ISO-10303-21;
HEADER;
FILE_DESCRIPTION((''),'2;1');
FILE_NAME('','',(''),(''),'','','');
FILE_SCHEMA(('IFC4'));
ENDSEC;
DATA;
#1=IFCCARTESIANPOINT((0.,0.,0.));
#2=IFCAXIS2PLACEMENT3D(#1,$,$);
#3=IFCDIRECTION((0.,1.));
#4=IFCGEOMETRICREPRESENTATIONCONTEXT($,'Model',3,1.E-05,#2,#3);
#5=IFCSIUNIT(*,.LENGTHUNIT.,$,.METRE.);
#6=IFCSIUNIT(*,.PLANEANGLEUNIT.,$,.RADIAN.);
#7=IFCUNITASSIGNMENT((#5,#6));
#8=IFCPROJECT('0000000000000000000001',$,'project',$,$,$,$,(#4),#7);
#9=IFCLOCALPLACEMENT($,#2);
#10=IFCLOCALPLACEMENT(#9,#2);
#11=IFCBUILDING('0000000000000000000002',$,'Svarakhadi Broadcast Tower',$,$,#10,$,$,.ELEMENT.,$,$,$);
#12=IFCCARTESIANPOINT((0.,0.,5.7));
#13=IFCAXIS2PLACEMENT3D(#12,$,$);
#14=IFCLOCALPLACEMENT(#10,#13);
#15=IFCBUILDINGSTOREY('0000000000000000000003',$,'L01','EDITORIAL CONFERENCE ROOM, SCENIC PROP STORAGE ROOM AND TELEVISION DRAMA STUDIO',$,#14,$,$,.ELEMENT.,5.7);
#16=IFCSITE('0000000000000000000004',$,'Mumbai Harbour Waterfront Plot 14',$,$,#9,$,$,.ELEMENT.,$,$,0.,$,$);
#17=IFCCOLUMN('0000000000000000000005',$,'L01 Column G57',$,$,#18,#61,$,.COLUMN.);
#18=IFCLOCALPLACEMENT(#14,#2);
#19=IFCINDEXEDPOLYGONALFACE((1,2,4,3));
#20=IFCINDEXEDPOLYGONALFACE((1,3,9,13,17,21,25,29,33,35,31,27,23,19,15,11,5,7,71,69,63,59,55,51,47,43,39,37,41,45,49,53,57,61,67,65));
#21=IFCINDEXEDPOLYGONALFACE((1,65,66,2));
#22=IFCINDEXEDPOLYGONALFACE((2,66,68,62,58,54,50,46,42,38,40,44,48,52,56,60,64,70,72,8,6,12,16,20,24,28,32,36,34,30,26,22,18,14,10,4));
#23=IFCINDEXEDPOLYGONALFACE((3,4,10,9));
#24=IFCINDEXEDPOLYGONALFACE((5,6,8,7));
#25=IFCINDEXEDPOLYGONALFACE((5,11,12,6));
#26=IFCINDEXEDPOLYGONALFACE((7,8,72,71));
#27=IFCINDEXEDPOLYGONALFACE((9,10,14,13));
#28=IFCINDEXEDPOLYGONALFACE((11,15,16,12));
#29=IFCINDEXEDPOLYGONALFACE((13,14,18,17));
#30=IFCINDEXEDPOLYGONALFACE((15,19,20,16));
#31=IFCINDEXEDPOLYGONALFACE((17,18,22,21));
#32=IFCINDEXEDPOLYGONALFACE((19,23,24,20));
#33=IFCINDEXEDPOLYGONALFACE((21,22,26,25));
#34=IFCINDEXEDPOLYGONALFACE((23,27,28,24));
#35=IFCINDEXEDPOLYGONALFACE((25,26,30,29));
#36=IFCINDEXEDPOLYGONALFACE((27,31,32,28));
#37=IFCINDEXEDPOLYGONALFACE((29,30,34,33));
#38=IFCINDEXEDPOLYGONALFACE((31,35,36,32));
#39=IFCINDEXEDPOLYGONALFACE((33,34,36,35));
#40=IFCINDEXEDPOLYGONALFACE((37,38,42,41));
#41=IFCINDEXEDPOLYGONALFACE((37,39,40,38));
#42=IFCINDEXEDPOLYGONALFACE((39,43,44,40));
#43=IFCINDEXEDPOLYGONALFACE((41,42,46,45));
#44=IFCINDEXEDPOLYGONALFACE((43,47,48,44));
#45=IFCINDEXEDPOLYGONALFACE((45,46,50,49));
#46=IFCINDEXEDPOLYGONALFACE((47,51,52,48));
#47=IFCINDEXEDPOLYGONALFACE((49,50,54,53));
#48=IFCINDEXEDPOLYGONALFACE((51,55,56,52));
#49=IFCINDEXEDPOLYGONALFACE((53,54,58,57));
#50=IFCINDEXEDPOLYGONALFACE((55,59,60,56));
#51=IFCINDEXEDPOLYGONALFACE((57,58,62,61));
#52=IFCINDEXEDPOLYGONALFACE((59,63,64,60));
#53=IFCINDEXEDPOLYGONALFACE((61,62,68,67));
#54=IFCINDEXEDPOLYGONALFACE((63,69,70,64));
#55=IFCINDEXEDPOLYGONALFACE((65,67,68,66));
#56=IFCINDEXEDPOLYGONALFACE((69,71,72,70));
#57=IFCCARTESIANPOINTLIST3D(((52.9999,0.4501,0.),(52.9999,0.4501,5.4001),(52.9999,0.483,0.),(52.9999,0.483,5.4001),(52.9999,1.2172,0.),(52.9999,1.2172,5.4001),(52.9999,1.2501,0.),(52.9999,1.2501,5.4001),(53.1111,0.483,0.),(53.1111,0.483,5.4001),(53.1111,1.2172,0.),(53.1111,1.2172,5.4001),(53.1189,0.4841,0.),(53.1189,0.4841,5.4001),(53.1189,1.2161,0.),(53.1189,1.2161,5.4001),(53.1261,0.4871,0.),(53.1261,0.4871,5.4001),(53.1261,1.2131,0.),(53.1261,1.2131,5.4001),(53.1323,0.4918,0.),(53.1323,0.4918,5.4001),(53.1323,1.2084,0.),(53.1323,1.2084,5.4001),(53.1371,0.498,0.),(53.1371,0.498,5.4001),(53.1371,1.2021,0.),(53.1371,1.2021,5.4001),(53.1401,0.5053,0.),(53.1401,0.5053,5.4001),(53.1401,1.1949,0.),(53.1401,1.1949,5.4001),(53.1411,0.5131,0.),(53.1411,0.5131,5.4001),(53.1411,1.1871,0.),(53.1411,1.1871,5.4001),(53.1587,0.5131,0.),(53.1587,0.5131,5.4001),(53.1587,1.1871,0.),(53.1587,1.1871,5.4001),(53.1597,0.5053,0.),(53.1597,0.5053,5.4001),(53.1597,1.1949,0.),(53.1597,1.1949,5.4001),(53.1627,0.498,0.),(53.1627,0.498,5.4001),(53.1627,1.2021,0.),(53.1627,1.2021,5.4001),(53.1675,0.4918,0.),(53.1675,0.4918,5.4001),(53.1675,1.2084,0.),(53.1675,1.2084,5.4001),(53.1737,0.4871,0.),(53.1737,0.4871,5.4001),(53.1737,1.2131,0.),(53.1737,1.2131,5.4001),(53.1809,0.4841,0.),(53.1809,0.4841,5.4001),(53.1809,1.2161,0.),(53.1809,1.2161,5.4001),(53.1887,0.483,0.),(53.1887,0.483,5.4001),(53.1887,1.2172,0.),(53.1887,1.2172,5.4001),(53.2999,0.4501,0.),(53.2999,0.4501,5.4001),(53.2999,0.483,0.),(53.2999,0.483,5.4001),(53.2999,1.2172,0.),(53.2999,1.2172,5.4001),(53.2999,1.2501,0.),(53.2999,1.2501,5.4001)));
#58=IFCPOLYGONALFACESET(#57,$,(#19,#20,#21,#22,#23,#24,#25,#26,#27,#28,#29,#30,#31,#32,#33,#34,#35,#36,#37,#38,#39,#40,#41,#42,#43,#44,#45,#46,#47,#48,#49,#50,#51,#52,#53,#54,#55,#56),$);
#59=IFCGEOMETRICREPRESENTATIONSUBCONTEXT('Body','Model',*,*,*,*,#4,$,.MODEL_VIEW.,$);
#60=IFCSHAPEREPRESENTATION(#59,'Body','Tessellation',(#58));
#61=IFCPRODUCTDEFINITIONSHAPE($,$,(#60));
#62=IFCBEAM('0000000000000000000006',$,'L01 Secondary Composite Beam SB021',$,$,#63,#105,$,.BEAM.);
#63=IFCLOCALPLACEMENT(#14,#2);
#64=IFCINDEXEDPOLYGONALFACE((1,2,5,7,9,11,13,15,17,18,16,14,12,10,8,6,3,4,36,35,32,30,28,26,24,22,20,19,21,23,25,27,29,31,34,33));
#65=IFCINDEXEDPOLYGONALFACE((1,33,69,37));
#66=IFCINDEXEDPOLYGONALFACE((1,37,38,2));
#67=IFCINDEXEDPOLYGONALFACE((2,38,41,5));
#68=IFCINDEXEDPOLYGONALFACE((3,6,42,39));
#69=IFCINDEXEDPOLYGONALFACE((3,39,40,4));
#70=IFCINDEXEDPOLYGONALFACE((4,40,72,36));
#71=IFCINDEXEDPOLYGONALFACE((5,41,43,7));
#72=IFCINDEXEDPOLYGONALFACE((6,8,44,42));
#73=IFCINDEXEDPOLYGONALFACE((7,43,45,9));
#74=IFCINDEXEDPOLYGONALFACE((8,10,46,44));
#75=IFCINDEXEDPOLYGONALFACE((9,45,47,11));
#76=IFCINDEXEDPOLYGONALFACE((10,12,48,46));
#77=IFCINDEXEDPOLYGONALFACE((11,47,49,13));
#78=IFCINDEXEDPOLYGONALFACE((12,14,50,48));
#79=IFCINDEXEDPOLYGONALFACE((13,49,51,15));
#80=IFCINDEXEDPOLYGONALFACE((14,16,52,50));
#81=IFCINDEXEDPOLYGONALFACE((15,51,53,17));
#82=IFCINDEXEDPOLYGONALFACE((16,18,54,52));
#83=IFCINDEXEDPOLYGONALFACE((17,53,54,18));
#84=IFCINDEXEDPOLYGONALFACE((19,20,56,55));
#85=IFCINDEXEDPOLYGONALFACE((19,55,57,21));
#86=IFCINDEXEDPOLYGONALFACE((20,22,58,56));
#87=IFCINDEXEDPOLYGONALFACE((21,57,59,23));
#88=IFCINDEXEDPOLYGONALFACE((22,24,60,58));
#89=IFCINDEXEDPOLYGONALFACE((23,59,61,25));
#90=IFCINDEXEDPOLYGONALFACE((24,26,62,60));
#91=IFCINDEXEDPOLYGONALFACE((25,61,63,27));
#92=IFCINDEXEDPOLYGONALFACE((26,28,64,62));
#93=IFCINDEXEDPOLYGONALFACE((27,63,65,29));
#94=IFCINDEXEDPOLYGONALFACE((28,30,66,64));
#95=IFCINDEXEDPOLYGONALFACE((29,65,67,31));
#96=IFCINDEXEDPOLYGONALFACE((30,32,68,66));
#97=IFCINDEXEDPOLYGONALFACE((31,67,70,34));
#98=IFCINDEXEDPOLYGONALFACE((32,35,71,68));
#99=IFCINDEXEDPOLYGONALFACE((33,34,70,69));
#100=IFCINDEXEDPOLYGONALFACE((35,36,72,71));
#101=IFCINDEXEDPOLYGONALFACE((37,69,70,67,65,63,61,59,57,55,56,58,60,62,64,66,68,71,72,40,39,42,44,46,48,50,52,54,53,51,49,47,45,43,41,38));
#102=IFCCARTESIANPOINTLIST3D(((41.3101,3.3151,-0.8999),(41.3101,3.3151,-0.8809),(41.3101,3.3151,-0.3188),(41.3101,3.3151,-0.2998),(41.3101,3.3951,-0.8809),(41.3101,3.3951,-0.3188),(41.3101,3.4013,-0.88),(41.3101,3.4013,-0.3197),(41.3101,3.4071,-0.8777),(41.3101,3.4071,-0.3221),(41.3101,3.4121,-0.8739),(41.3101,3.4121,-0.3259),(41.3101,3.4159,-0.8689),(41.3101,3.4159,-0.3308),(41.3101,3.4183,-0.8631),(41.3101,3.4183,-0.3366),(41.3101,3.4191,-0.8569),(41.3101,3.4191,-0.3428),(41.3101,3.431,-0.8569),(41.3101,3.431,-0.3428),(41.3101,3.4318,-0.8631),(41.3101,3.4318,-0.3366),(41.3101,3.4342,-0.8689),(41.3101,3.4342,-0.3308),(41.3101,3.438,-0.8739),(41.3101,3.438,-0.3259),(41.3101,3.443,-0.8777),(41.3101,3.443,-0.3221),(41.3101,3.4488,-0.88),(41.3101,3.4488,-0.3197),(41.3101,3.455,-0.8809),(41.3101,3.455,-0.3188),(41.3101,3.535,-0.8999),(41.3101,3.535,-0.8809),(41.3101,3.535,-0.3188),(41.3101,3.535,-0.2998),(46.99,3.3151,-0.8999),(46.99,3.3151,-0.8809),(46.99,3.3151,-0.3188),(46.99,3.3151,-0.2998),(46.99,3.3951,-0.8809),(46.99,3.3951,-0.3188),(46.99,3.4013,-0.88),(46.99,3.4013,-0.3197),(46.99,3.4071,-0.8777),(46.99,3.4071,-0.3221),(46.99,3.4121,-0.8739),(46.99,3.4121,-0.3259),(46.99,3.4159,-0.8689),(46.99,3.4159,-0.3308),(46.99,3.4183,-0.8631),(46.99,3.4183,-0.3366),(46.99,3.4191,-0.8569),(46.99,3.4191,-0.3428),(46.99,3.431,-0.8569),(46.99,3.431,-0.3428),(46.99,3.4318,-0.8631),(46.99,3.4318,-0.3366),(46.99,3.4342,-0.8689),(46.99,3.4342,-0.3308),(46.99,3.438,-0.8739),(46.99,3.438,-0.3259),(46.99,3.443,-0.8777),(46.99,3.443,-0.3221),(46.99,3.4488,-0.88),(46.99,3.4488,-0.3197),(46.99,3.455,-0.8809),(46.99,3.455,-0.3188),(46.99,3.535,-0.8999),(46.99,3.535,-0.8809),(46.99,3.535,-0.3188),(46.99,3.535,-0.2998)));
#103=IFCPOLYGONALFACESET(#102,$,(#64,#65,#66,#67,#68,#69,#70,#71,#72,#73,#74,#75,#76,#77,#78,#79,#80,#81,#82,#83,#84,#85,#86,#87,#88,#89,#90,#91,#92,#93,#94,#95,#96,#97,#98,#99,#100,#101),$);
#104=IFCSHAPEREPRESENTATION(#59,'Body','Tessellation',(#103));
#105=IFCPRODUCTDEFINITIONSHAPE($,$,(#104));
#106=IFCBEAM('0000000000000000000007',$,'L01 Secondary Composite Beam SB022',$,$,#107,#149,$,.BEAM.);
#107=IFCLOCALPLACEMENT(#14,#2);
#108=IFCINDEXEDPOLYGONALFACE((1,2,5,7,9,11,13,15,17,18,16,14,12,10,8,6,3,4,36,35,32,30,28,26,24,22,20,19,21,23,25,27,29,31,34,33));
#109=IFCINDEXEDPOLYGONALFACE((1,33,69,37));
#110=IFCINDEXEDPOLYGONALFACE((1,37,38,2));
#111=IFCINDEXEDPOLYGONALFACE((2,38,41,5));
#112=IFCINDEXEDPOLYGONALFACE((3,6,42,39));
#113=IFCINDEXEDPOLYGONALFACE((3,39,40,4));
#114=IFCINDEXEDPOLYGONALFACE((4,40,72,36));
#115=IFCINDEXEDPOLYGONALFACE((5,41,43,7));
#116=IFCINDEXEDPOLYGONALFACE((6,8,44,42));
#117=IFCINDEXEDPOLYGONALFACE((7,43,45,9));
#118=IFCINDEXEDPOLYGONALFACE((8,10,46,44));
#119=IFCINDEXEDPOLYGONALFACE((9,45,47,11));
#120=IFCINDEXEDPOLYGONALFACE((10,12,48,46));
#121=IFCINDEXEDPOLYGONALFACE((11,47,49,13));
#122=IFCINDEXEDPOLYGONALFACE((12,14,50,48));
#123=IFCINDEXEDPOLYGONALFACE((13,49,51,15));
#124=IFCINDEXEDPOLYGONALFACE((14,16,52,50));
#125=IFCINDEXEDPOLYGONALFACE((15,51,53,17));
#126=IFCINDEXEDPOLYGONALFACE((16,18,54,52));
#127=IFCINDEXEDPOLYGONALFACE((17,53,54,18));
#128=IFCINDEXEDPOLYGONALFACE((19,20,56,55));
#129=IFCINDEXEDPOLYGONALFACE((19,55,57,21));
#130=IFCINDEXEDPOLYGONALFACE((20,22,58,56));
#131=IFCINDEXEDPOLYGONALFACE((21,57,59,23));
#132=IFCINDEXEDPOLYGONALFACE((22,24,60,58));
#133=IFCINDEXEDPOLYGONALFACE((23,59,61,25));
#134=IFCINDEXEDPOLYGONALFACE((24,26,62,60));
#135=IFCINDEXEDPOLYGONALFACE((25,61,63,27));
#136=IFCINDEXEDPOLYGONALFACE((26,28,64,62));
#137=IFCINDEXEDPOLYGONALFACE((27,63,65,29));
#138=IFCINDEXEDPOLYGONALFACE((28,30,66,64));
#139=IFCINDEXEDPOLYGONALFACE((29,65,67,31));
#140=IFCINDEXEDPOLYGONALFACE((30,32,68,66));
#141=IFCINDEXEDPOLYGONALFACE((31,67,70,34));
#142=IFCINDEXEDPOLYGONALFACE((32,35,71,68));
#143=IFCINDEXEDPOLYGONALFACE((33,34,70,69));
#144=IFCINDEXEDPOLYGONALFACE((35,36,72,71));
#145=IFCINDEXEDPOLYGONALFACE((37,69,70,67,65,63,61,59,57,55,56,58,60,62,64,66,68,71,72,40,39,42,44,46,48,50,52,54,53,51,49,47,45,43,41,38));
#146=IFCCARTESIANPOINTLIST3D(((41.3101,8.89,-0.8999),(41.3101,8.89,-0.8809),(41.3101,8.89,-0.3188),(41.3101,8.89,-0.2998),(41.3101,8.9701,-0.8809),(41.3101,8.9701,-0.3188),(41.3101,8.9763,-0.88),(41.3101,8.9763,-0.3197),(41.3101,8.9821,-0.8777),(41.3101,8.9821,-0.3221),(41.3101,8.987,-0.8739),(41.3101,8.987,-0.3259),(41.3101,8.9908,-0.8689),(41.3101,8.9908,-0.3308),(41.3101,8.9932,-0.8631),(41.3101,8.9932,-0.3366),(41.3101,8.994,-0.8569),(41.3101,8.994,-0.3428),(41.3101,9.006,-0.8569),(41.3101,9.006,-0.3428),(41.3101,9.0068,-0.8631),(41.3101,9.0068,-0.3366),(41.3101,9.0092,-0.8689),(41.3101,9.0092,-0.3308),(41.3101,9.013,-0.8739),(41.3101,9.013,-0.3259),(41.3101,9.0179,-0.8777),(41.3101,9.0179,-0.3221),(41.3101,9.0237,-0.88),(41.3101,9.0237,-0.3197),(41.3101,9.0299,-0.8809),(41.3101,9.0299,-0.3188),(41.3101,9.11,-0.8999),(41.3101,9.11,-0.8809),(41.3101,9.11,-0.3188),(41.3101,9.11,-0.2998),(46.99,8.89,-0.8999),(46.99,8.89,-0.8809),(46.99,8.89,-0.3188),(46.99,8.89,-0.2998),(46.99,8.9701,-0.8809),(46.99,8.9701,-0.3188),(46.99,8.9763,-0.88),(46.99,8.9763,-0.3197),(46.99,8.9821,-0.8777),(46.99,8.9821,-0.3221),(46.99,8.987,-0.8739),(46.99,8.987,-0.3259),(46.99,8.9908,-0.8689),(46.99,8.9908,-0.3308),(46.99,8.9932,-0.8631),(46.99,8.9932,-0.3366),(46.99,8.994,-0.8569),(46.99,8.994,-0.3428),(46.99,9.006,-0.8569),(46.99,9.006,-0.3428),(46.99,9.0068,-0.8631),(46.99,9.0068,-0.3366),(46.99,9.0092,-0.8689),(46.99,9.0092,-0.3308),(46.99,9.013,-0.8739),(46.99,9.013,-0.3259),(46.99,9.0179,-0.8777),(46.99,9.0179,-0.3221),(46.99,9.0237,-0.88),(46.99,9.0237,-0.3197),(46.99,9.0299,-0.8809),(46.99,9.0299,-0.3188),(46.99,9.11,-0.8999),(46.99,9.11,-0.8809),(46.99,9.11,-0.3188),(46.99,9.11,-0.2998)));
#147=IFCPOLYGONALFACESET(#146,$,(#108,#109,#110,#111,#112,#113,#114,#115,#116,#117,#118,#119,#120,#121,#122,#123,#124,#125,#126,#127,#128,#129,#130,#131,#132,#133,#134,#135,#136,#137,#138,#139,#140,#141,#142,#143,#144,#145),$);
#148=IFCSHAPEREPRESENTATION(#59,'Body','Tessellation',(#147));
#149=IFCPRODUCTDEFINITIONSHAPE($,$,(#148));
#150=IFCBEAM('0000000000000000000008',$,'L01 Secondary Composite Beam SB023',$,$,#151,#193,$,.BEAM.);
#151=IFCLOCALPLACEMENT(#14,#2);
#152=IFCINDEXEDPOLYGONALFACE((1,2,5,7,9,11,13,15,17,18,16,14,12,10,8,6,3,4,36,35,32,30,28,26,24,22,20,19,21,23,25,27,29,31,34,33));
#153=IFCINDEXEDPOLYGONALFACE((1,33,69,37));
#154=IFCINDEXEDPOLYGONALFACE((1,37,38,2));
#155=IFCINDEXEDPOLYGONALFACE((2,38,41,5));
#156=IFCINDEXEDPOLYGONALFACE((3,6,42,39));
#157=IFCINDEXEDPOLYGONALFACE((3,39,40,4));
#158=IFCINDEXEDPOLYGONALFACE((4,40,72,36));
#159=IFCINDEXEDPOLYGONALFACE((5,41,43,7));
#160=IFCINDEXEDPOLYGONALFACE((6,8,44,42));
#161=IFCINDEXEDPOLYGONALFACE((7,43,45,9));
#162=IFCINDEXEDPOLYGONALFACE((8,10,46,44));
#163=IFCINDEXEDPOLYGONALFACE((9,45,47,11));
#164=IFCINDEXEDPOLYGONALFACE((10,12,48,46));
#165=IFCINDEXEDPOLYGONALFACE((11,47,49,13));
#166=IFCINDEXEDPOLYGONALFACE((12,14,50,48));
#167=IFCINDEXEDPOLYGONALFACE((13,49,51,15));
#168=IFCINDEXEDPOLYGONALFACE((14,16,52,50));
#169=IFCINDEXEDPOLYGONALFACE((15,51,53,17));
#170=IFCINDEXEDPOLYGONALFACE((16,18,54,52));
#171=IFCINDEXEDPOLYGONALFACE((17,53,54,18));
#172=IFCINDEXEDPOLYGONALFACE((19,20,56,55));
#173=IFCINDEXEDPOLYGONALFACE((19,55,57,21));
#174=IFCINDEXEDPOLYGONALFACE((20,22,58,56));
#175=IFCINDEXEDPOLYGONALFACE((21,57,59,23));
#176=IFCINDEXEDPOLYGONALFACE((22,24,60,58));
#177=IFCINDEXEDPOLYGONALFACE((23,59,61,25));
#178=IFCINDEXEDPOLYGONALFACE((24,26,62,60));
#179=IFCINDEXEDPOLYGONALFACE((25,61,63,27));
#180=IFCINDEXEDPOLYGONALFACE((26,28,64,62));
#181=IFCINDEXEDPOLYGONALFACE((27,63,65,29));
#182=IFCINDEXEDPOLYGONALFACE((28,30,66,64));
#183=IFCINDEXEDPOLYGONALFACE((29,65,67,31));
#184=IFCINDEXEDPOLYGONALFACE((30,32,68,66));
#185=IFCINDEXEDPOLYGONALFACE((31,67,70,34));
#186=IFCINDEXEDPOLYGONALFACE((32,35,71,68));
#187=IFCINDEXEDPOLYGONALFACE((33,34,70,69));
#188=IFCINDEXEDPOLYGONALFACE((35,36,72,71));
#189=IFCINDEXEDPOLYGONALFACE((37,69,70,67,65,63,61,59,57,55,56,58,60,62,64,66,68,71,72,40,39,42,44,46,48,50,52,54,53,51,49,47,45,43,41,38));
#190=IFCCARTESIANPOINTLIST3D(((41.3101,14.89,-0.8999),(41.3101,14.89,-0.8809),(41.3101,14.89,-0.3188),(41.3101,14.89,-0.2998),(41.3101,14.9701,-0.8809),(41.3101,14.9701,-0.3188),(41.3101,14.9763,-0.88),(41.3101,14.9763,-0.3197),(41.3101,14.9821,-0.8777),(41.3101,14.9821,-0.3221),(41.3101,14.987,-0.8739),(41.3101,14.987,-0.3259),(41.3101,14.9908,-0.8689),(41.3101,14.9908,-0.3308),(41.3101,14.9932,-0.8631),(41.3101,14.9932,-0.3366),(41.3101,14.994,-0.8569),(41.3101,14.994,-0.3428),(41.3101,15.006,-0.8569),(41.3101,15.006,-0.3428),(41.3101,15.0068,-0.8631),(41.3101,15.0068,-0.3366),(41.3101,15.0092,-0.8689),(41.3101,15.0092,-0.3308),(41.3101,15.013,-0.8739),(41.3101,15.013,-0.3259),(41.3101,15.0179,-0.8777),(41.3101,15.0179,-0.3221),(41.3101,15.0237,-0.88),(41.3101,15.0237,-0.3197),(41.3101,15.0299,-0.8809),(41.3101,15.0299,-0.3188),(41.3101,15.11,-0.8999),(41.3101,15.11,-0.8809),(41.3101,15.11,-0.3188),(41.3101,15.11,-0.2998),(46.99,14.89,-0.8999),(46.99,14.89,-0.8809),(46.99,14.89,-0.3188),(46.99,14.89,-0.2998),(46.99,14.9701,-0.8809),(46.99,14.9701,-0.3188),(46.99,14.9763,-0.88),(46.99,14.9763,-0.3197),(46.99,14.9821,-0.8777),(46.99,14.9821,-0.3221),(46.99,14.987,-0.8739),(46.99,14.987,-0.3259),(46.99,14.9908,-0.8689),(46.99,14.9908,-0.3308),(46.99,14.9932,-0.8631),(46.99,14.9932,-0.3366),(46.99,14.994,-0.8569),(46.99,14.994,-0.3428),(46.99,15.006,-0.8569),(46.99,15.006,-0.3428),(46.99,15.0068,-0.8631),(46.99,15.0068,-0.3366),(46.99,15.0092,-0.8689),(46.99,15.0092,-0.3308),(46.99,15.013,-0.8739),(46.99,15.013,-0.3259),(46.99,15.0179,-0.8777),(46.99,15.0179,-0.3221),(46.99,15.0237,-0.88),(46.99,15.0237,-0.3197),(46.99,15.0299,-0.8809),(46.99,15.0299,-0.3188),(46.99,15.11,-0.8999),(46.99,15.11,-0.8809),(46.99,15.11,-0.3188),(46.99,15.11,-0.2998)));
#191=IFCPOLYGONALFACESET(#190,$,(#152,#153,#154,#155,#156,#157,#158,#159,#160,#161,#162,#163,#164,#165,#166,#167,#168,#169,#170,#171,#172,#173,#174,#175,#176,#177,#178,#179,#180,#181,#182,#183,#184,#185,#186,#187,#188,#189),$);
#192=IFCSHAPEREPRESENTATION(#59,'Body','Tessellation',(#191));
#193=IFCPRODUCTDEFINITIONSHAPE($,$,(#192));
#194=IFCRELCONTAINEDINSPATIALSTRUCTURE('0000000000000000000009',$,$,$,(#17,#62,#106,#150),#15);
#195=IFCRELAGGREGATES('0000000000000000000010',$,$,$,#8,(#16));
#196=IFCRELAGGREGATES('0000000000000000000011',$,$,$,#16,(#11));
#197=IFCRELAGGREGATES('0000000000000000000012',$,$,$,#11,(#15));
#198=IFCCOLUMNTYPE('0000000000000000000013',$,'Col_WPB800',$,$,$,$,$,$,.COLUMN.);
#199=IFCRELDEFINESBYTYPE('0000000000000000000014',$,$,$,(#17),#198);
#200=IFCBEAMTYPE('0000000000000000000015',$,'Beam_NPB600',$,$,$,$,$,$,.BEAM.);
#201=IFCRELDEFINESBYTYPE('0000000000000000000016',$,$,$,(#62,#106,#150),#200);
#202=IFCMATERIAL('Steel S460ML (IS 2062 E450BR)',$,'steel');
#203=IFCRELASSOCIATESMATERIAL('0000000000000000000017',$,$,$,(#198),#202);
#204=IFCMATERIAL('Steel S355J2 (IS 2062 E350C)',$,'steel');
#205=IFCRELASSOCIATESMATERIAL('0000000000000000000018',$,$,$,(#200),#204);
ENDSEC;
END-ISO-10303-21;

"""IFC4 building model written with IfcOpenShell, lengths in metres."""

from ifc_helpers import new_model, si_unit, direction, frame, origin, origin_2d, place, context, subcontext, project, spatial, i_section, extrude, material, material_profile, profile_set, type_object, element, save


model = new_model("IFC4")

# Units and contexts
model_context = context("Model", 3, precision=1e-05, world=origin(), true_north=direction((0.0, 1.0)))
body_context = subcontext(model_context, "Body", "Model", "MODEL_VIEW")
ifc_project = project(units=[si_unit("LENGTHUNIT", "METRE"), si_unit("PLANEANGLEUNIT", "RADIAN")], contexts=[model_context])

# Site, building, storey
site_placement = place(None, origin())
site = spatial("IfcSite", under=ifc_project, at=site_placement, Name="Mumbai Harbour Waterfront Plot 14", CompositionType="ELEMENT", RefElevation=0.0)
building_placement = place(site_placement, origin())
building = spatial("IfcBuilding", under=site, at=building_placement, Name="Svarakhadi Broadcast Tower", CompositionType="ELEMENT")
storey_placement = place(building_placement, frame((0.0, 0.0, 5.7)))
storey = spatial("IfcBuildingStorey", under=building, at=storey_placement, Name="L01", Description="EDITORIAL CONFERENCE ROOM, SCENIC PROP STORAGE ROOM AND TELEVISION DRAMA STUDIO", CompositionType="ELEMENT", Elevation=5.7)

# Column
ifc_material_1 = material(Name="Steel S460ML (IS 2062 E450BR)", Category="steel")
ifc_material_profile_1 = material_profile(ifc_material_1, i_section(OverallWidth=0.3, OverallDepth=0.8, WebThickness=0.0176, FlangeThickness=0.033, FilletRadius=0.03, at=origin_2d()), Name="WPB 800x300x262")
ifc_profile_set_1 = profile_set([ifc_material_profile_1], Name="Steel S460ML (IS 2062 E450BR)")
column_type_1 = type_object("IfcColumnType", Name="Col_WPB800", PredefinedType="COLUMN", material=ifc_profile_set_1)
column_1_placement = place(storey_placement, frame((53.1499, 0.8501, 0.0), z_axis=(0.0, 0.0, 1.0), x_axis=(1.0, 0.0, 0.0)))
element("IfcColumn", 1, at=column_1_placement, inside=storey, type_object=column_type_1, Name="L01 Column G57", PredefinedType="COLUMN", context=body_context, shape_type="SweptSolid", body=[
    extrude(i_section(OverallWidth=0.3, OverallDepth=0.8, WebThickness=0.0176, FlangeThickness=0.033, FilletRadius=0.03, at=origin_2d()), origin(), (0.0, 0.0, 1.0), 5.4001),
])

# Beams
ifc_material_2 = material(Name="Steel S355J2 (IS 2062 E350C)", Category="steel")
ifc_material_profile_2 = material_profile(ifc_material_2, i_section(OverallWidth=0.22, OverallDepth=0.6001, WebThickness=0.012, FlangeThickness=0.019, FilletRadius=0.0239, at=origin_2d()), Name="NPB 600x220x122")
ifc_profile_set_2 = profile_set([ifc_material_profile_2], Name="Steel S355J2 (IS 2062 E350C)")
beam_type_1 = type_object("IfcBeamType", Name="Beam_NPB600", PredefinedType="BEAM", material=ifc_profile_set_2)
for number, where, z_axis, x_axis, name in (
    (2, (41.3101, 3.425, -0.5999), (1.0, 0.0, 0.0), (0.0, 1.0, 0.0), "L01 Secondary Composite Beam SB021"),
    (3, (41.3101, 9.0, -0.5999), (1.0, 0.0, 0.0), (0.0, 1.0, 0.0), "L01 Secondary Composite Beam SB022"),
    (4, (41.3101, 15.0, -0.5999), (1.0, 0.0, 0.0), (0.0, 1.0, 0.0), "L01 Secondary Composite Beam SB023"),
):
    element("IfcBeam", number, at=place(storey_placement, frame(where, z_axis=z_axis, x_axis=x_axis)), inside=storey, type_object=beam_type_1, Name=name, PredefinedType="BEAM", context=body_context, shape_type="SweptSolid", body=[
        extrude(i_section(OverallWidth=0.22, OverallDepth=0.6001, WebThickness=0.012, FlangeThickness=0.019, FilletRadius=0.0239, at=origin_2d()), origin(), (0.0, 0.0, 1.0), 5.6799),
    ])

save(model, "model.ifc")
